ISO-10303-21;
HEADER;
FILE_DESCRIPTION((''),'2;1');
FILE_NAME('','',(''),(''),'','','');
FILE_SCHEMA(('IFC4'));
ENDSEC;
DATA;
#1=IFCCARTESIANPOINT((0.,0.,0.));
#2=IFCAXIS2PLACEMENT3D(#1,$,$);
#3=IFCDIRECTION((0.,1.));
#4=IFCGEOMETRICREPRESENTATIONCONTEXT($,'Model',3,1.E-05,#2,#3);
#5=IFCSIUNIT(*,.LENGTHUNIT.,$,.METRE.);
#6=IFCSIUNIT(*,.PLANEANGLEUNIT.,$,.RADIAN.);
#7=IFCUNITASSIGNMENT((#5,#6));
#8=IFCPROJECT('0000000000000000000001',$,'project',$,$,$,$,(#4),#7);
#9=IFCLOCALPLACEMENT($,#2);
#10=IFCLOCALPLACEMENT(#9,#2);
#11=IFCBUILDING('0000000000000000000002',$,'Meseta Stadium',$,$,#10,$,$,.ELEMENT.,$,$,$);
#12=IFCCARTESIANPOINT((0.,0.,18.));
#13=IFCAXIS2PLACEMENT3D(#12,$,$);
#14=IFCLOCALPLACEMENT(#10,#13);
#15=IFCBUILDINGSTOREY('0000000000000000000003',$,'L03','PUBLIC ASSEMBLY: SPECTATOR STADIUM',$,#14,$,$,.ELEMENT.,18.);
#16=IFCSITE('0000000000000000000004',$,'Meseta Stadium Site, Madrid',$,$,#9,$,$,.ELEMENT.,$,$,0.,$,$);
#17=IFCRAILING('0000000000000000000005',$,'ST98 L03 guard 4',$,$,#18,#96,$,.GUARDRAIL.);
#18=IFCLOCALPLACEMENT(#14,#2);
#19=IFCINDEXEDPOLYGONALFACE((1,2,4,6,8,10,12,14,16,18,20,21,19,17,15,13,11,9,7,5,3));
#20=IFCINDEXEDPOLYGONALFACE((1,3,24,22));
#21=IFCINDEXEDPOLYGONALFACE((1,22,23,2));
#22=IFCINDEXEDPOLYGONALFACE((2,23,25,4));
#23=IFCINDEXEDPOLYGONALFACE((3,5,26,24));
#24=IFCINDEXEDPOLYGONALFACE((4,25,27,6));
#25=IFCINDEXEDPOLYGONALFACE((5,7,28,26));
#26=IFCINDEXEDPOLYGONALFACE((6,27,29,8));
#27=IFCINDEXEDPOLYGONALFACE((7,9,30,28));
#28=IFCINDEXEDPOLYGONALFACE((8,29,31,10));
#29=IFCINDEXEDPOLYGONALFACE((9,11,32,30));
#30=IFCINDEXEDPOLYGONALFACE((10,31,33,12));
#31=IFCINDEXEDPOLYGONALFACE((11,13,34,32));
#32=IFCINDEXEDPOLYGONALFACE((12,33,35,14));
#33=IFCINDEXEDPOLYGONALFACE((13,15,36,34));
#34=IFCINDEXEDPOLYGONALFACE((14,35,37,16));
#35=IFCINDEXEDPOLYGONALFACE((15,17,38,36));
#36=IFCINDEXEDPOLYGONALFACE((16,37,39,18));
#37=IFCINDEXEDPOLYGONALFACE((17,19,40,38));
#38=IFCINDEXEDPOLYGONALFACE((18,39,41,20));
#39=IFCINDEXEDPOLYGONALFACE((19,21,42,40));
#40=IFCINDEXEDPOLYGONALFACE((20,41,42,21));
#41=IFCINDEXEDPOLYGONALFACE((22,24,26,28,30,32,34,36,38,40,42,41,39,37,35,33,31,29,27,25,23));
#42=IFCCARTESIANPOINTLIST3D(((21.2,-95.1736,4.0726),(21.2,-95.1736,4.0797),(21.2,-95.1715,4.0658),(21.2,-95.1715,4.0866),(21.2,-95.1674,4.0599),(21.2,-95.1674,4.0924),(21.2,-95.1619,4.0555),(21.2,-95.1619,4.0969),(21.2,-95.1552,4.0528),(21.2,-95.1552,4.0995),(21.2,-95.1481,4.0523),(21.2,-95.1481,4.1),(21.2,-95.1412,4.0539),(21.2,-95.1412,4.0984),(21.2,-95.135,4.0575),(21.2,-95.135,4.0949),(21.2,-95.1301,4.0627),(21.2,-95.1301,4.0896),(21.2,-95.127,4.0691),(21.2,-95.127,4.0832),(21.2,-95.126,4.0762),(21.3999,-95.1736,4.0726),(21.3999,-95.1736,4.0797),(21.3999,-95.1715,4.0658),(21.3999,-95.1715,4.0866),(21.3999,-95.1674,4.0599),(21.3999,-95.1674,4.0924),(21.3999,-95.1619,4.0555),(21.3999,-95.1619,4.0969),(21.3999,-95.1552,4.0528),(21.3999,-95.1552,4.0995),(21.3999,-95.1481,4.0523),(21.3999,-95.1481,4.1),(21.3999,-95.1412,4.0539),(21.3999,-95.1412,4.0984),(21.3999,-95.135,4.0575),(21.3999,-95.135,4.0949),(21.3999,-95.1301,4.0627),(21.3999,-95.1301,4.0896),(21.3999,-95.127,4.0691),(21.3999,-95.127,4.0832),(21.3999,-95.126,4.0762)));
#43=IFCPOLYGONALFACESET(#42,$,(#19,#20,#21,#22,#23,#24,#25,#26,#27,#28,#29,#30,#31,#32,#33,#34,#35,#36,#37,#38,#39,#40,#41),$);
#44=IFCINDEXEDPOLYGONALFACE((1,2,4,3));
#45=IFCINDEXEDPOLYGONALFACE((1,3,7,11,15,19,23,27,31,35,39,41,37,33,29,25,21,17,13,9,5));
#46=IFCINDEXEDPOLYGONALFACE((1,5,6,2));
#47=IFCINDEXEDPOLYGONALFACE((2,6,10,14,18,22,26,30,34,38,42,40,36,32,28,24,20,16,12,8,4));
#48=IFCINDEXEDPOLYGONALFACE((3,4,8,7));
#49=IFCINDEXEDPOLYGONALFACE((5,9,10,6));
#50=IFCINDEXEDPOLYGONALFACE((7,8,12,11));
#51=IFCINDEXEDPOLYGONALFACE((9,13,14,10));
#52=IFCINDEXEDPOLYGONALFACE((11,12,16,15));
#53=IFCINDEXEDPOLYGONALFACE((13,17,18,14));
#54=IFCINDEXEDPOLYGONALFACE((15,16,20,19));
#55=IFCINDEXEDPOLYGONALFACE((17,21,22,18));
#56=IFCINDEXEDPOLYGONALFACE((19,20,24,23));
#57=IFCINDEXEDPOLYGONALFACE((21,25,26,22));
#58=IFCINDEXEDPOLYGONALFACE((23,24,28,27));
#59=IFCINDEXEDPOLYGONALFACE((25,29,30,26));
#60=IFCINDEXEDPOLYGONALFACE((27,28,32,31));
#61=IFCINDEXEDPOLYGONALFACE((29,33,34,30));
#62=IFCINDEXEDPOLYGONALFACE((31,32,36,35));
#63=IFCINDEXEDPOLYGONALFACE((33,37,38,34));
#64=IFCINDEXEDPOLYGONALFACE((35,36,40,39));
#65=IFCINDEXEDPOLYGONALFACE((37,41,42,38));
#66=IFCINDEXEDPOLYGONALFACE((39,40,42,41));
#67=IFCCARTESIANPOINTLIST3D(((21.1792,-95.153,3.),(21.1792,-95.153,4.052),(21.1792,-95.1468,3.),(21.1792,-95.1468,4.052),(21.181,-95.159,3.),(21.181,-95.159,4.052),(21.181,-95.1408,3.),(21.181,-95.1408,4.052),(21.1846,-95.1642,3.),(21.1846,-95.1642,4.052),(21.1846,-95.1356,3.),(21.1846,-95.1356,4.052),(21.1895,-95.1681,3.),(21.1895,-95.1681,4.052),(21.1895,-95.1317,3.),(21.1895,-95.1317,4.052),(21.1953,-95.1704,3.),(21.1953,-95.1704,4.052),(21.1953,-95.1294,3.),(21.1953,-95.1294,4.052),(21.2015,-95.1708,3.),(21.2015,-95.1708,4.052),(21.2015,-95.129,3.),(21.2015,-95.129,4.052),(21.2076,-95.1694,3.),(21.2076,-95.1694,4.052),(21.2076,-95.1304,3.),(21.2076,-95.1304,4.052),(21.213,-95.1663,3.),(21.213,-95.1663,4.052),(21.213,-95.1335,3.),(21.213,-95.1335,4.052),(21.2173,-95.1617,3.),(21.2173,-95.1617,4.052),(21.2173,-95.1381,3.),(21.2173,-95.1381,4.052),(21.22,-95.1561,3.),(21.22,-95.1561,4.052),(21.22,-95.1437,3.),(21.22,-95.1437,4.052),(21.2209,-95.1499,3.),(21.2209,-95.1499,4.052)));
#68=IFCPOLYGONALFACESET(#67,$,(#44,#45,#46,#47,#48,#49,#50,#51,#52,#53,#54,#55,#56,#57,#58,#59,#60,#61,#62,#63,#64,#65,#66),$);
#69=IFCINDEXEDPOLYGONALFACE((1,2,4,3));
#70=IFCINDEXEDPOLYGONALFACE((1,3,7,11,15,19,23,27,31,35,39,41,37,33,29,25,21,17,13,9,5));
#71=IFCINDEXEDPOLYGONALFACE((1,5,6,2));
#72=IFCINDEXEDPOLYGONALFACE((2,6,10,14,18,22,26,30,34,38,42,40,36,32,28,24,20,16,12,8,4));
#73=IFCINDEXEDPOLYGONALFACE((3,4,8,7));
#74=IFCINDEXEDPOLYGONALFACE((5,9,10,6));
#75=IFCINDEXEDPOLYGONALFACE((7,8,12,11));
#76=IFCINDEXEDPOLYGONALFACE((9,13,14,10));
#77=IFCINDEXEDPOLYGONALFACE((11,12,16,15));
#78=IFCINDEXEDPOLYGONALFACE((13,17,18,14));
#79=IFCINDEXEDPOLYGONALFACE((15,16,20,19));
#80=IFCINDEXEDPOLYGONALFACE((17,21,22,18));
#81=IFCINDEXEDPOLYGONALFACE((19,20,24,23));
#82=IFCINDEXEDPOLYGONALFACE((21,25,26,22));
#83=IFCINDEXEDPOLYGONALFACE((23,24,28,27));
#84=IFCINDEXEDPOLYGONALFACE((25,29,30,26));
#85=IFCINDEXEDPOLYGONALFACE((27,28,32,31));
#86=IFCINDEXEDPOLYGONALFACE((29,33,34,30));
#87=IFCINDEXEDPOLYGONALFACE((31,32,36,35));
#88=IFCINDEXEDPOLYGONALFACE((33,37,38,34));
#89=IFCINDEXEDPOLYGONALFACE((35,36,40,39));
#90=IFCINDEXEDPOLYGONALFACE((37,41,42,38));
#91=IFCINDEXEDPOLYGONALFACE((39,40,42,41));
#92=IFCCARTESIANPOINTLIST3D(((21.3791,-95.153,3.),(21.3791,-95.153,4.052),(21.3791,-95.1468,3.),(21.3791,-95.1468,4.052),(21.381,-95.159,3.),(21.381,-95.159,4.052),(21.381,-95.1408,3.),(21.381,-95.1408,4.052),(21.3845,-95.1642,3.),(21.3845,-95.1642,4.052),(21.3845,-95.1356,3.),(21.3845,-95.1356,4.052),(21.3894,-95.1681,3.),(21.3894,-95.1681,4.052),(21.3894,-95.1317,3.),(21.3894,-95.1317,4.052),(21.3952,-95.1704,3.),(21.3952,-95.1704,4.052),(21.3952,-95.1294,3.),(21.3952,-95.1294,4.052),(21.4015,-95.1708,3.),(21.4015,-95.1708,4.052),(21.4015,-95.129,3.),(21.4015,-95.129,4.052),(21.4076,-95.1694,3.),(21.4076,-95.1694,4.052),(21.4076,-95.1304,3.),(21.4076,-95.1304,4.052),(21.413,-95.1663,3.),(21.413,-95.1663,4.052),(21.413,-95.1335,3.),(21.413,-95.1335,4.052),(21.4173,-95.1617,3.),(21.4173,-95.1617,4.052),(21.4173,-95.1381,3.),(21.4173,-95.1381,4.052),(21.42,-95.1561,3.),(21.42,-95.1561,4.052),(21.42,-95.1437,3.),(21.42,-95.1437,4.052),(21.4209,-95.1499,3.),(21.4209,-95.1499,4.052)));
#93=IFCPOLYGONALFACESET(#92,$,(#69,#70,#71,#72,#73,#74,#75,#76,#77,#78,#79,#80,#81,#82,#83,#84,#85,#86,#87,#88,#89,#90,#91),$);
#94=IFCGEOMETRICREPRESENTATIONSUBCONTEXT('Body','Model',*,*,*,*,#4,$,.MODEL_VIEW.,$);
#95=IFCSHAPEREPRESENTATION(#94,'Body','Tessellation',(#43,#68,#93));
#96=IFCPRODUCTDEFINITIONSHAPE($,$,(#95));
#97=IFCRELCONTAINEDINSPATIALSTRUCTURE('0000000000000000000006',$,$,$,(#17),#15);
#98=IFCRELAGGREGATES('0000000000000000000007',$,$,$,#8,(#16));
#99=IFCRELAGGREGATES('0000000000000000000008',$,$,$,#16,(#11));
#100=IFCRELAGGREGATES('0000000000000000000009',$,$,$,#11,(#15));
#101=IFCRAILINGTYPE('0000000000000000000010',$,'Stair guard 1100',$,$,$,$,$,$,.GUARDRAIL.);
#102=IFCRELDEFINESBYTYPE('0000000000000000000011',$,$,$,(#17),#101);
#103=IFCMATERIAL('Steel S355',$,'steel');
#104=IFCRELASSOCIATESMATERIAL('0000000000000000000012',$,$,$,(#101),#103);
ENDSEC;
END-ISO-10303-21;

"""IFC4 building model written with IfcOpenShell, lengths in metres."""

from ifc_helpers import new_model, si_unit, direction, frame, origin, origin_2d, place, context, subcontext, project, spatial, circle, extrude, material, type_object, element, save


model = new_model("IFC4")

# Units and contexts
model_context = context("Model", 3, precision=1e-05, world=origin(), true_north=direction((0.0, 1.0)))
body_context = subcontext(model_context, "Body", "Model", "MODEL_VIEW")
ifc_project = project(units=[si_unit("LENGTHUNIT", "METRE"), si_unit("PLANEANGLEUNIT", "RADIAN")], contexts=[model_context])

# Site, building, storey
site_placement = place(None, origin())
site = spatial("IfcSite", under=ifc_project, at=site_placement, Name="Meseta Stadium Site, Madrid", CompositionType="ELEMENT", RefElevation=0.0)
building_placement = place(site_placement, origin())
building = spatial("IfcBuilding", under=site, at=building_placement, Name="Meseta Stadium", CompositionType="ELEMENT")
storey_placement = place(building_placement, frame((0.0, 0.0, 18.0)))
storey = spatial("IfcBuildingStorey", under=building, at=storey_placement, Name="L03", Description="PUBLIC ASSEMBLY: SPECTATOR STADIUM", CompositionType="ELEMENT", Elevation=18.0)

# Railing
ifc_material_1 = material(Name="Steel S355", Category="steel")
railing_type_1 = type_object("IfcRailingType", Name="Stair guard 1100", PredefinedType="GUARDRAIL", material=ifc_material_1)
railing_1_placement = place(storey_placement, frame((21.2, -95.1499, 3.0)))
element("IfcRailing", 1, at=railing_1_placement, inside=storey, type_object=railing_type_1, Name="ST98 L03 guard 4", PredefinedType="GUARDRAIL", context=body_context, shape_type="SweptSolid", body=[
    extrude(circle(Radius=0.0239, at=origin_2d()), frame((0.0, 0.0, 1.0762), z_axis=(1.0, 0.0, 0.0), x_axis=(0.0, 1.0, 0.0)), (0.0, 0.0, 1.0), 0.2),
    extrude(circle(Radius=0.021, at=origin_2d()), origin(), (0.0, 0.0, 1.0), 1.052),
    extrude(circle(Radius=0.021, at=origin_2d()), frame((0.2, 0.0, 0.0)), (0.0, 0.0, 1.0), 1.052),
])

save(model, "model.ifc")
